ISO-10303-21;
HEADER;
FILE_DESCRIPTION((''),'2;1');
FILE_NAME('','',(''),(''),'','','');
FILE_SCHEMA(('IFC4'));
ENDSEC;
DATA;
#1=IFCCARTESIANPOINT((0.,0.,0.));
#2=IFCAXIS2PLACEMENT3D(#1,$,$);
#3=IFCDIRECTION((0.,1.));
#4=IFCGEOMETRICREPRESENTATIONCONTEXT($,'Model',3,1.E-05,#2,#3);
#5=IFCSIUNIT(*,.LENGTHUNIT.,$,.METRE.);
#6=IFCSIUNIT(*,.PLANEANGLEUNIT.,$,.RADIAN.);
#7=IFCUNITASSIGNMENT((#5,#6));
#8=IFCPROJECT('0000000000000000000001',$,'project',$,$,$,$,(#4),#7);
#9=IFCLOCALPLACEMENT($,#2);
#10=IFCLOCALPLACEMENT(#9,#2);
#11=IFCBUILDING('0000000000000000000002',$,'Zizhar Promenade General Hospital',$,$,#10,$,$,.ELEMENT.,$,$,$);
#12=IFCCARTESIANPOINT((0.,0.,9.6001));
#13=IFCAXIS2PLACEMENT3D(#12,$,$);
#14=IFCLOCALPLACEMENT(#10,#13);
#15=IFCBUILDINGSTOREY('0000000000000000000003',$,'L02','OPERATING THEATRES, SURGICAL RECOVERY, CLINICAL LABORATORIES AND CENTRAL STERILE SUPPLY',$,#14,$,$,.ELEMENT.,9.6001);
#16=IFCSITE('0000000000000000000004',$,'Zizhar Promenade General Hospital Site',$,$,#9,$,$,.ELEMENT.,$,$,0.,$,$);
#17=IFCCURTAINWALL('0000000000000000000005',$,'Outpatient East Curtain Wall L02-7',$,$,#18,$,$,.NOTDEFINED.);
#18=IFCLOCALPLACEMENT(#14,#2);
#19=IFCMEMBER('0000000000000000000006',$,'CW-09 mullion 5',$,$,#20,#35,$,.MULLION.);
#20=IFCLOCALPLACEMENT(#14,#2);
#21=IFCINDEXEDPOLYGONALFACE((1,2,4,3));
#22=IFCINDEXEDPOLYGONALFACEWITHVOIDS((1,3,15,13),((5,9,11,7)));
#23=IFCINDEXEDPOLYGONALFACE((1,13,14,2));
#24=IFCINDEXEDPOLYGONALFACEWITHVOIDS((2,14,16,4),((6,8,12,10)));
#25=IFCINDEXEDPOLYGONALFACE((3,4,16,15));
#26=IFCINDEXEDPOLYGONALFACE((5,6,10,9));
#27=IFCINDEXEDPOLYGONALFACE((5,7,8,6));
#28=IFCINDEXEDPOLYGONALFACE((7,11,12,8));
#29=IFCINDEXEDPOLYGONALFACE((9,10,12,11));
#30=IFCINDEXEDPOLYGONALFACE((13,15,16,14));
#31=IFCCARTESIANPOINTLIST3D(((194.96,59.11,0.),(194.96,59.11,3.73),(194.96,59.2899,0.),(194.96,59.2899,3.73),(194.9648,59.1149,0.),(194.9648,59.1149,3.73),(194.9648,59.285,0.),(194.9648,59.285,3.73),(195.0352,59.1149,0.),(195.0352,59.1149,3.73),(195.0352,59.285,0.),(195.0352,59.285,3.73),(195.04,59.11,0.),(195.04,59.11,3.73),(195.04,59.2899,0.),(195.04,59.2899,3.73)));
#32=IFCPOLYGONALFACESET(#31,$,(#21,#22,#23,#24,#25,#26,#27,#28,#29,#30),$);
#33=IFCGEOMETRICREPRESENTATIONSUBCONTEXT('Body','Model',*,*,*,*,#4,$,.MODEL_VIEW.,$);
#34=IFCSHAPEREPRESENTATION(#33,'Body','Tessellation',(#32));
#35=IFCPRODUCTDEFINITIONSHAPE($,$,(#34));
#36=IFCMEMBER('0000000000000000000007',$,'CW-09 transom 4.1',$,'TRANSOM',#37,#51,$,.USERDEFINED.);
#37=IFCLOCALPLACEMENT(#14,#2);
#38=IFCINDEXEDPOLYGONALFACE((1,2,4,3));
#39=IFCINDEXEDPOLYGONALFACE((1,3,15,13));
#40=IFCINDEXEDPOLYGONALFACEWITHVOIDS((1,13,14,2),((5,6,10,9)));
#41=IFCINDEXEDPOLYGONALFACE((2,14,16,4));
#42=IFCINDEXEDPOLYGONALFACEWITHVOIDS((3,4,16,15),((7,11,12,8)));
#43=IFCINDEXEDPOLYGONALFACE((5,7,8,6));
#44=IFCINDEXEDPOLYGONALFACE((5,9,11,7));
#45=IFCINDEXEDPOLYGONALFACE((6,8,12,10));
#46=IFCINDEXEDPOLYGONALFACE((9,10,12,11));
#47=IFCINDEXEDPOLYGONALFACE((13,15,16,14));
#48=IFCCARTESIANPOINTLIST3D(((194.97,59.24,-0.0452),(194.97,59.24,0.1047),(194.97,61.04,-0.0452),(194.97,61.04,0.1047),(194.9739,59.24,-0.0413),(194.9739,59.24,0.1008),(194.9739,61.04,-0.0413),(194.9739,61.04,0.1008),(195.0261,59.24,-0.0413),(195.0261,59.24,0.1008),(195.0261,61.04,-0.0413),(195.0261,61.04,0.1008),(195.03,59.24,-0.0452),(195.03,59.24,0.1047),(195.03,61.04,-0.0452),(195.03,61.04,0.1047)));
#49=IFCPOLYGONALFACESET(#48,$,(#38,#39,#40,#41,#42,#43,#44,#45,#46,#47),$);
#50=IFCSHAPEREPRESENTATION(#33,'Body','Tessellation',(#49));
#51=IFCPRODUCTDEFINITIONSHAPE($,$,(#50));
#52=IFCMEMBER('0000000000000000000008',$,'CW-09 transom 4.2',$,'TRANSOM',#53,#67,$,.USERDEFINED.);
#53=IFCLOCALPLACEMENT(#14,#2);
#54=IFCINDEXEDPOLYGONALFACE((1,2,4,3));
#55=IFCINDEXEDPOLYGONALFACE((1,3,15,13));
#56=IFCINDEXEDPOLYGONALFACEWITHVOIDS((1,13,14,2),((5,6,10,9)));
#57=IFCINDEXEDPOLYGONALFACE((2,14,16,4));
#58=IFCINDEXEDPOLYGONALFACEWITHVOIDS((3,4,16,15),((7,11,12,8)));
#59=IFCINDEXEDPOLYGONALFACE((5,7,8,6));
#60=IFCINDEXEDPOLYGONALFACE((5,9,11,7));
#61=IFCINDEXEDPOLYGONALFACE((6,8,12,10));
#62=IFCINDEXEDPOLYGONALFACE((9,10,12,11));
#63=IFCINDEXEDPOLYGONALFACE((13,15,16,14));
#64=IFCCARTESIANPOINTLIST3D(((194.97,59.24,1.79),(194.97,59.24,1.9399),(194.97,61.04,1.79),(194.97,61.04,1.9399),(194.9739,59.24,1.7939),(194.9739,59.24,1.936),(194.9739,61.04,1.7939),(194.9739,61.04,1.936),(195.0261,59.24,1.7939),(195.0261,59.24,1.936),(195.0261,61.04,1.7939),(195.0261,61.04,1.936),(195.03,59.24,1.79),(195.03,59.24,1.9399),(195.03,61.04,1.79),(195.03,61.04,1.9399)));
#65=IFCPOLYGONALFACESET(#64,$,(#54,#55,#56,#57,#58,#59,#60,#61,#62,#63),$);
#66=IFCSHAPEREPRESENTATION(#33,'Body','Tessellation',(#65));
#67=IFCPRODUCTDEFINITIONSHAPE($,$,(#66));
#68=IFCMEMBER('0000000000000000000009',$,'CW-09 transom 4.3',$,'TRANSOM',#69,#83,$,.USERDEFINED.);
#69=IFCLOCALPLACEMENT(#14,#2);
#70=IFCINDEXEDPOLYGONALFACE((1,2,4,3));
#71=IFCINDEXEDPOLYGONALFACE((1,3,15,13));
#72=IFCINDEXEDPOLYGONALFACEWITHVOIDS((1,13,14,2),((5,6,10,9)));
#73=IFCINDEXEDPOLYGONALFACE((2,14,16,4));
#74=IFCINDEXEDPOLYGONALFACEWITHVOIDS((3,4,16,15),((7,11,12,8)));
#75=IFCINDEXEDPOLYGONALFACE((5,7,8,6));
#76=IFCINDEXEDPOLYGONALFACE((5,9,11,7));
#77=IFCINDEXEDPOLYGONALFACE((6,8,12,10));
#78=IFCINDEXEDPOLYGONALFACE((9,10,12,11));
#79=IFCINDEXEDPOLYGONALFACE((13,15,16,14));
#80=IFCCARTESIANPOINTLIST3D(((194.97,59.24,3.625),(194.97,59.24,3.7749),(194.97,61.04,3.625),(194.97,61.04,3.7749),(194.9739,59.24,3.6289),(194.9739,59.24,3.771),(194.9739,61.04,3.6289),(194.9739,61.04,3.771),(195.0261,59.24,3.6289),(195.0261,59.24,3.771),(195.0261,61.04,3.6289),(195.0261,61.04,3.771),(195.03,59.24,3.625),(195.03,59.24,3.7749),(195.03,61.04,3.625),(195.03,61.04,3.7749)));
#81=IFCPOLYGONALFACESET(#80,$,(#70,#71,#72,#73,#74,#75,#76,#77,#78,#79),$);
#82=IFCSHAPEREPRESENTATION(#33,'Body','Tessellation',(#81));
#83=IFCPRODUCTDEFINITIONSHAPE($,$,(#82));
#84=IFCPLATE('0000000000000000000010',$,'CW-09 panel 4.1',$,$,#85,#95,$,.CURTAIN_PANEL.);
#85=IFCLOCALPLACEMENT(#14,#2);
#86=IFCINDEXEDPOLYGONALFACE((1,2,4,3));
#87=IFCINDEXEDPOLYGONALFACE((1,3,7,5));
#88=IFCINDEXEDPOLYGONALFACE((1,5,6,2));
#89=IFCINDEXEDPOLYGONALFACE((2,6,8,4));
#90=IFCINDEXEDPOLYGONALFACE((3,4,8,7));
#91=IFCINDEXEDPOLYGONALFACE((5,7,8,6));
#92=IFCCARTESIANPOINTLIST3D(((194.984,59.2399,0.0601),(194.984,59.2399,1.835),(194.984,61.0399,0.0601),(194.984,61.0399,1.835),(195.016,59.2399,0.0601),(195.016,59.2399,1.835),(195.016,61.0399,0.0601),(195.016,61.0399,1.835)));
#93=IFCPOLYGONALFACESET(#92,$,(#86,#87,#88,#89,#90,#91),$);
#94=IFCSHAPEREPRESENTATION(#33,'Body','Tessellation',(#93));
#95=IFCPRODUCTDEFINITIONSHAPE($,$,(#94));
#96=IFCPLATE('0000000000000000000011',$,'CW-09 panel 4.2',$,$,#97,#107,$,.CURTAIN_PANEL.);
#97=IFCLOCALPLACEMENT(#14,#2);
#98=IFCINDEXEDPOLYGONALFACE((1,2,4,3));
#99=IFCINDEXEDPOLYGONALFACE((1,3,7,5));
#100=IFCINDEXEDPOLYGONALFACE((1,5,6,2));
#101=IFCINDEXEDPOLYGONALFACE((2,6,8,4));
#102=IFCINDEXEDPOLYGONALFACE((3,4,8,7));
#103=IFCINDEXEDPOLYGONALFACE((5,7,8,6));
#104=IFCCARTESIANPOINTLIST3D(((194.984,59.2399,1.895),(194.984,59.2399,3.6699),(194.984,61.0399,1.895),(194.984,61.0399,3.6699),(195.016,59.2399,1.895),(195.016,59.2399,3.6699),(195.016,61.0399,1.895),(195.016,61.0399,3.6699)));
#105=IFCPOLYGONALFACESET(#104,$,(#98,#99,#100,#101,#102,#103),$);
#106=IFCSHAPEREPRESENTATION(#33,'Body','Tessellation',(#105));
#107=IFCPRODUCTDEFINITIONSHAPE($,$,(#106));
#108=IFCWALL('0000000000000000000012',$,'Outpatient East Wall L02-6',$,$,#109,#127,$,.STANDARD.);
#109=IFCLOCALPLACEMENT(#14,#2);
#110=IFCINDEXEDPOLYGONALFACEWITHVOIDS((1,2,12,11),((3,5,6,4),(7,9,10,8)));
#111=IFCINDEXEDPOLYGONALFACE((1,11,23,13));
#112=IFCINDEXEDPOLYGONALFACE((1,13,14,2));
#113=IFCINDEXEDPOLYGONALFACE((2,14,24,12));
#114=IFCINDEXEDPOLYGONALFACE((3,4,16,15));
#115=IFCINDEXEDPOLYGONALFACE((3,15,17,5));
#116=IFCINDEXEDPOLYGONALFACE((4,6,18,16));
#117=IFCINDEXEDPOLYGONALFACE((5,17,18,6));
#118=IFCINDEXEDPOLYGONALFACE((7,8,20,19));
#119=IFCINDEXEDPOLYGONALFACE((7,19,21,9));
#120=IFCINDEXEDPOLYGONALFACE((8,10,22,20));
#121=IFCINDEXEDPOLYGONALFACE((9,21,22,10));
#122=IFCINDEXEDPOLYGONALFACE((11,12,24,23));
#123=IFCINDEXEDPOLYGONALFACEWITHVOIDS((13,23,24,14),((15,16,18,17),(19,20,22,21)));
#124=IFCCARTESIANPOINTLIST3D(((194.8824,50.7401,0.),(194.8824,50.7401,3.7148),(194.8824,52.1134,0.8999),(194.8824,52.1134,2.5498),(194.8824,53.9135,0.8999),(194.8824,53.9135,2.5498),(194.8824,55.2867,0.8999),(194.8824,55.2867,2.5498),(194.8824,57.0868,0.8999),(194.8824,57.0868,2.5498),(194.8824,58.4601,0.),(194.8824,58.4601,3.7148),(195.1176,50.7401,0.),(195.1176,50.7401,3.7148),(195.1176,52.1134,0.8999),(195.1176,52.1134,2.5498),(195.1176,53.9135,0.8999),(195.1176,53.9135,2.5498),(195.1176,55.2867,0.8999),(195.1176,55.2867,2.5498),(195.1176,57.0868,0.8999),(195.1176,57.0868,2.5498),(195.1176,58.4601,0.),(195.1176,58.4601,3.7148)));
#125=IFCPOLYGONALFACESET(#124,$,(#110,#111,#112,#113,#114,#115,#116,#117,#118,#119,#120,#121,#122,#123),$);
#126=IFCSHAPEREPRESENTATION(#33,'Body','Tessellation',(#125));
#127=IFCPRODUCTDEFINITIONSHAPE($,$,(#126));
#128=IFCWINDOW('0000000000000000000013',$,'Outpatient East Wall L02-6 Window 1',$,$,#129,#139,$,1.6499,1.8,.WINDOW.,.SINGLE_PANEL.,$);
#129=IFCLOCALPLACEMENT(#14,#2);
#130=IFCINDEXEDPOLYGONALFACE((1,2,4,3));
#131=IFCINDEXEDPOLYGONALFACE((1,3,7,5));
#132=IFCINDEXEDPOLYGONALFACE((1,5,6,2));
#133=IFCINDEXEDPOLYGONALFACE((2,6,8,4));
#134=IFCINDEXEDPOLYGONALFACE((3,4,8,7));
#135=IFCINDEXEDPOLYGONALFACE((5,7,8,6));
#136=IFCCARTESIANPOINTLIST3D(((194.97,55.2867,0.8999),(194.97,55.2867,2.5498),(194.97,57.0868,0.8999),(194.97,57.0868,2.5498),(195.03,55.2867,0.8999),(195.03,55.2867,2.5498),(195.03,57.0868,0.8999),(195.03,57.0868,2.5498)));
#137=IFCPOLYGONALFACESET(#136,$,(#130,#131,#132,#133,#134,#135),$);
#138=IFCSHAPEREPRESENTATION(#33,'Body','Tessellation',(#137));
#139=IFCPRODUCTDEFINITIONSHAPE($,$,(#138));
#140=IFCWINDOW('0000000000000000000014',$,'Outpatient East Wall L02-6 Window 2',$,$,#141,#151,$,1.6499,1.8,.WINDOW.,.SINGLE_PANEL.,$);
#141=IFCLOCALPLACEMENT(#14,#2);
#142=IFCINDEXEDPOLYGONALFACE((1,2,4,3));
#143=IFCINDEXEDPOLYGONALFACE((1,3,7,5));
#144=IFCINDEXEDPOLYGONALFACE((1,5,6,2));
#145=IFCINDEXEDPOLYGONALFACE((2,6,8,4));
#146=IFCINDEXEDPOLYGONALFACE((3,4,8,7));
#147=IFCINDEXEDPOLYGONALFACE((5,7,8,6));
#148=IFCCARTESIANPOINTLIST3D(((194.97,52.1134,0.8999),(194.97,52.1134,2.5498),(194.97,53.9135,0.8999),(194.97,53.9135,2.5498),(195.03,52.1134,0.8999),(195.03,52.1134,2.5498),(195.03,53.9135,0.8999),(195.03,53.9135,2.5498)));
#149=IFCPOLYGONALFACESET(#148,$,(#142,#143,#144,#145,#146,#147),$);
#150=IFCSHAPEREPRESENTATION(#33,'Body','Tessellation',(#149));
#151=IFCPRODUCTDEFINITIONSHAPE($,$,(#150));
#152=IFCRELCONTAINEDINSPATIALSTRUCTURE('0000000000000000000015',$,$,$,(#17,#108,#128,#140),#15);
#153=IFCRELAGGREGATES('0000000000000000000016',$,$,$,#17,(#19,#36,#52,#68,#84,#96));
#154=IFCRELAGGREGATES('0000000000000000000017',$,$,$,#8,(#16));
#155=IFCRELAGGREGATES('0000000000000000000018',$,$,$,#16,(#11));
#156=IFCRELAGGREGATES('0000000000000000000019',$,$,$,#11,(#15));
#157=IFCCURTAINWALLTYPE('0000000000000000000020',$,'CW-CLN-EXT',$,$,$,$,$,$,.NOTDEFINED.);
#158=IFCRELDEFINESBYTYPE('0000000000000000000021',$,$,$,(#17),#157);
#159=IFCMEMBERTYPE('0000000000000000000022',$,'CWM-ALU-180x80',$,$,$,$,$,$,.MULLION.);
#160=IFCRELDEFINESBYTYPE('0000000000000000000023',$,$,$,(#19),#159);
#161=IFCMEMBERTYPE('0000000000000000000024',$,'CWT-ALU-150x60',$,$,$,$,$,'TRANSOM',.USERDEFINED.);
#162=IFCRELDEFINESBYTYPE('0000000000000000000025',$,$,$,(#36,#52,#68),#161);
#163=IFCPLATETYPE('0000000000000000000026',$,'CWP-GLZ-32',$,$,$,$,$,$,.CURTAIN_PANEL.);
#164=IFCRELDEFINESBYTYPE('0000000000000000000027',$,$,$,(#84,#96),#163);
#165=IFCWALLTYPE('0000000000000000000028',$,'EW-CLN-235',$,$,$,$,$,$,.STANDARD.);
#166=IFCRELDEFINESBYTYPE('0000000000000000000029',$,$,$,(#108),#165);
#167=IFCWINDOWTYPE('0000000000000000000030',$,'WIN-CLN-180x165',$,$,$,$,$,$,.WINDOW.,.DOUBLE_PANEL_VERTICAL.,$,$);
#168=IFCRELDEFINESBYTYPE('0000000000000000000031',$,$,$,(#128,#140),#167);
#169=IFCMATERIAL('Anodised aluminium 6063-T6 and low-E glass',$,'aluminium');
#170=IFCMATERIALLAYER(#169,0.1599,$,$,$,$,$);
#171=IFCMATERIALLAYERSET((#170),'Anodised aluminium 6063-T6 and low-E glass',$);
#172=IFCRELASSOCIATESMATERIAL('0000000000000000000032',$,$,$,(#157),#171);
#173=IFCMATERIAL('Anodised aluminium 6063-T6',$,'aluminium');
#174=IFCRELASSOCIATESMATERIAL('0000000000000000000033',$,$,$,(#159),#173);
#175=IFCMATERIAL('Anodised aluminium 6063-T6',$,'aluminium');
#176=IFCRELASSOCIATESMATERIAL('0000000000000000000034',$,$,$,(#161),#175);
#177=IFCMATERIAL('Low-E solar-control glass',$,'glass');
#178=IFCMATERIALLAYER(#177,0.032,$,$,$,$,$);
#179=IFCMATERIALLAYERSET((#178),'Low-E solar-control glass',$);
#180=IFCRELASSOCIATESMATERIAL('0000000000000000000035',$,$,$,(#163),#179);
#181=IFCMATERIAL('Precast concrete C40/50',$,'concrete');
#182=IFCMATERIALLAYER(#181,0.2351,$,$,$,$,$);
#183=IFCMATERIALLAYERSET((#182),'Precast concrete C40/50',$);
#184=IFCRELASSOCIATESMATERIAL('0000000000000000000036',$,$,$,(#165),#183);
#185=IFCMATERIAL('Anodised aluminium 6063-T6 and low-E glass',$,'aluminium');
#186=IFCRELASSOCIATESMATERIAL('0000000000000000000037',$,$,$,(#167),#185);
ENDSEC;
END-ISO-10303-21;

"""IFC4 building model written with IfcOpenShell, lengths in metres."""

from ifc_helpers import new_model, si_unit, direction, frame, frame_2d, origin, origin_2d, place, context, subcontext, project, spatial, rectangle, hollow_rectangle, extrude, material, layer, layer_set, material_profile, profile_set, type_object, element, fill, aggregate, save


model = new_model("IFC4")

# Units and contexts
model_context = context("Model", 3, precision=1e-05, world=origin(), true_north=direction((0.0, 1.0)))
body_context = subcontext(model_context, "Body", "Model", "MODEL_VIEW")
ifc_project = project(units=[si_unit("LENGTHUNIT", "METRE"), si_unit("PLANEANGLEUNIT", "RADIAN")], contexts=[model_context])

# Site, building, storey
site_placement = place(None, origin())
site = spatial("IfcSite", under=ifc_project, at=site_placement, Name="Zizhar Promenade General Hospital Site", CompositionType="ELEMENT", RefElevation=0.0)
building_placement = place(site_placement, origin())
building = spatial("IfcBuilding", under=site, at=building_placement, Name="Zizhar Promenade General Hospital", CompositionType="ELEMENT")
storey_placement = place(building_placement, frame((0.0, 0.0, 9.6001)))
storey = spatial("IfcBuildingStorey", under=building, at=storey_placement, Name="L02", Description="OPERATING THEATRES, SURGICAL RECOVERY, CLINICAL LABORATORIES AND CENTRAL STERILE SUPPLY", CompositionType="ELEMENT", Elevation=9.6001)

# Curtain wall, members, plates
ifc_material_1 = material(Name="Anodised aluminium 6063-T6 and low-E glass", Category="aluminium")
ifc_layer_1 = layer(ifc_material_1, 0.1599)
ifc_layer_set_1 = layer_set([ifc_layer_1], Name="Anodised aluminium 6063-T6 and low-E glass")
curtain_wall_type = type_object("IfcCurtainWallType", Name="CW-CLN-EXT", PredefinedType="NOTDEFINED", material=ifc_layer_set_1)
curtain_wall_placement = place(storey_placement, origin())
curtain_wall = element("IfcCurtainWall", 1, at=curtain_wall_placement, inside=storey, type_object=curtain_wall_type, Name="Outpatient East Curtain Wall L02-7", PredefinedType="NOTDEFINED")
ifc_material_2 = material(Name="Anodised aluminium 6063-T6", Category="aluminium")
ifc_material_profile_1 = material_profile(ifc_material_2, hollow_rectangle(XDim=0.0801, YDim=0.1799, WallThickness=0.0049, at=origin_2d()))
ifc_profile_set_1 = profile_set([ifc_material_profile_1], Name="Anodised aluminium 6063-T6")
member_type_1 = type_object("IfcMemberType", Name="CWM-ALU-180x80", PredefinedType="MULLION", material=ifc_profile_set_1)
member_1_placement = place(storey_placement, frame((195.0, 59.2, 0.0), z_axis=(0.0, 0.0, 1.0), x_axis=(1.0, 0.0, 0.0)))
member_1 = element("IfcMember", 2, at=member_1_placement, type_object=member_type_1, Name="CW-09 mullion 5", PredefinedType="MULLION", context=body_context, shape_type="SweptSolid", body=[
    extrude(hollow_rectangle(XDim=0.0801, YDim=0.1799, WallThickness=0.0049, at=origin_2d()), origin(), (0.0, 0.0, 1.0), 3.73),
])
ifc_material_3 = material(Name="Anodised aluminium 6063-T6", Category="aluminium")
ifc_material_profile_2 = material_profile(ifc_material_3, hollow_rectangle(XDim=0.0601, YDim=0.1499, WallThickness=0.0039, at=origin_2d()))
ifc_profile_set_2 = profile_set([ifc_material_profile_2], Name="Anodised aluminium 6063-T6")
member_type_2 = type_object("IfcMemberType", Name="CWT-ALU-150x60", ElementType="TRANSOM", PredefinedType="USERDEFINED", material=ifc_profile_set_2)
member_2_placement = place(storey_placement, frame((195.0, 61.04, 0.0298), z_axis=(0.0, -1.0, 0.0), x_axis=(1.0, 0.0, 0.0)))
member_2 = element("IfcMember", 3, at=member_2_placement, type_object=member_type_2, Name="CW-09 transom 4.1", ObjectType="TRANSOM", PredefinedType="USERDEFINED", context=body_context, shape_type="SweptSolid", body=[
    extrude(hollow_rectangle(XDim=0.0601, YDim=0.1499, WallThickness=0.0039, at=origin_2d()), origin(), (0.0, 0.0, 1.0), 1.8),
])
member_3_placement = place(storey_placement, frame((195.0, 61.04, 1.865), z_axis=(0.0, -1.0, 0.0), x_axis=(1.0, 0.0, 0.0)))
member_3 = element("IfcMember", 4, at=member_3_placement, type_object=member_type_2, Name="CW-09 transom 4.2", ObjectType="TRANSOM", PredefinedType="USERDEFINED", context=body_context, shape_type="SweptSolid", body=[
    extrude(hollow_rectangle(XDim=0.0601, YDim=0.1499, WallThickness=0.0039, at=origin_2d()), origin(), (0.0, 0.0, 1.0), 1.8),
])
member_4_placement = place(storey_placement, frame((195.0, 61.04, 3.7), z_axis=(0.0, -1.0, 0.0), x_axis=(1.0, 0.0, 0.0)))
member_4 = element("IfcMember", 5, at=member_4_placement, type_object=member_type_2, Name="CW-09 transom 4.3", ObjectType="TRANSOM", PredefinedType="USERDEFINED", context=body_context, shape_type="SweptSolid", body=[
    extrude(hollow_rectangle(XDim=0.0601, YDim=0.1499, WallThickness=0.0039, at=origin_2d()), origin(), (0.0, 0.0, 1.0), 1.8),
])
ifc_material_4 = material(Name="Low-E solar-control glass", Category="glass")
ifc_layer_2 = layer(ifc_material_4, 0.032)
ifc_layer_set_2 = layer_set([ifc_layer_2], Name="Low-E solar-control glass")
plate_type = type_object("IfcPlateType", Name="CWP-GLZ-32", PredefinedType="CURTAIN_PANEL", material=ifc_layer_set_2)
plate_1_placement = place(storey_placement, frame((195.0, 60.1399, 0.0601), z_axis=(0.0, 0.0, 1.0), x_axis=(0.0, -1.0, 0.0)))
plate_1 = element("IfcPlate", 6, at=plate_1_placement, type_object=plate_type, Name="CW-09 panel 4.1", PredefinedType="CURTAIN_PANEL", context=body_context, shape_type="SweptSolid", body=[
    extrude(rectangle(XDim=1.8, YDim=0.032, at=origin_2d()), origin(), (0.0, 0.0, 1.0), 1.7749),
])
plate_2_placement = place(storey_placement, frame((195.0, 60.1399, 1.895), z_axis=(0.0, 0.0, 1.0), x_axis=(0.0, -1.0, 0.0)))
plate_2 = element("IfcPlate", 7, at=plate_2_placement, type_object=plate_type, Name="CW-09 panel 4.2", PredefinedType="CURTAIN_PANEL", context=body_context, shape_type="SweptSolid", body=[
    extrude(rectangle(XDim=1.8, YDim=0.032, at=origin_2d()), origin(), (0.0, 0.0, 1.0), 1.7749),
])
aggregate(curtain_wall, [member_1, member_2, member_3, member_4, plate_1, plate_2])

# Wall, openings, windows
ifc_material_5 = material(Name="Precast concrete C40/50", Category="concrete")
ifc_layer_3 = layer(ifc_material_5, 0.2351)
ifc_layer_set_3 = layer_set([ifc_layer_3], Name="Precast concrete C40/50")
wall_type_1 = type_object("IfcWallType", Name="EW-CLN-235", PredefinedType="STANDARD", material=ifc_layer_set_3)
wall_1_placement = place(storey_placement, frame((195.0, 58.46, 0.0), z_axis=(0.0, 0.0, 1.0), x_axis=(0.0, -1.0, 0.0)))
wall_1 = element("IfcWall", 8, at=wall_1_placement, inside=storey, type_object=wall_type_1, Name="Outpatient East Wall L02-6", PredefinedType="STANDARD", context=body_context, shape_type="SweptSolid", body=[
    extrude(rectangle(XDim=7.72, YDim=0.2351, at=frame_2d((3.8599, 0.0))), origin(), (0.0, 0.0, 1.0), 3.7148),
])
opening_1_placement = place(wall_1_placement, frame((1.3733, 0.0, 0.8999)))
opening_1 = element("IfcOpeningElement", 9, at=opening_1_placement, cuts=wall_1, PredefinedType="OPENING", context=body_context, shape_type="SweptSolid", body=[
    extrude(rectangle(XDim=1.8, YDim=1.6499, at=frame_2d((0.8999, 0.825))), frame((0.0, 0.1274, 0.0), z_axis=(0.0, -1.0, 0.0), x_axis=(1.0, 0.0, 0.0)), (0.0, 0.0, 1.0), 0.2551),
])
opening_2_placement = place(wall_1_placement, frame((4.5466, 0.0, 0.8999)))
opening_2 = element("IfcOpeningElement", 10, at=opening_2_placement, cuts=wall_1, PredefinedType="OPENING", context=body_context, shape_type="SweptSolid", body=[
    extrude(rectangle(XDim=1.8, YDim=1.6499, at=frame_2d((0.8999, 0.825))), frame((0.0, 0.1274, 0.0), z_axis=(0.0, -1.0, 0.0), x_axis=(1.0, 0.0, 0.0)), (0.0, 0.0, 1.0), 0.2551),
])
ifc_material_6 = material(Name="Anodised aluminium 6063-T6 and low-E glass", Category="aluminium")
window_type = type_object("IfcWindowType", Name="WIN-CLN-180x165", PartitioningType="DOUBLE_PANEL_VERTICAL", PredefinedType="WINDOW", material=ifc_material_6)
window_1_placement = place(opening_1_placement, origin())
window_1 = element("IfcWindow", 11, at=window_1_placement, inside=storey, type_object=window_type, Name="Outpatient East Wall L02-6 Window 1", OverallHeight=1.6499, OverallWidth=1.8, PartitioningType="SINGLE_PANEL", PredefinedType="WINDOW", context=body_context, shape_type="SweptSolid", body=[
    extrude(rectangle(XDim=1.8, YDim=1.6499, at=frame_2d((0.8999, 0.825))), frame((0.0, 0.03, 0.0), z_axis=(0.0, -1.0, 0.0), x_axis=(1.0, 0.0, 0.0)), (0.0, 0.0, 1.0), 0.0601),
])
fill(opening_1, window_1)
window_2_placement = place(opening_2_placement, origin())
window_2 = element("IfcWindow", 12, at=window_2_placement, inside=storey, type_object=window_type, Name="Outpatient East Wall L02-6 Window 2", OverallHeight=1.6499, OverallWidth=1.8, PartitioningType="SINGLE_PANEL", PredefinedType="WINDOW", context=body_context, shape_type="SweptSolid", body=[
    extrude(rectangle(XDim=1.8, YDim=1.6499, at=frame_2d((0.8999, 0.825))), frame((0.0, 0.03, 0.0), z_axis=(0.0, -1.0, 0.0), x_axis=(1.0, 0.0, 0.0)), (0.0, 0.0, 1.0), 0.0601),
])
fill(opening_2, window_2)

save(model, "model.ifc")
